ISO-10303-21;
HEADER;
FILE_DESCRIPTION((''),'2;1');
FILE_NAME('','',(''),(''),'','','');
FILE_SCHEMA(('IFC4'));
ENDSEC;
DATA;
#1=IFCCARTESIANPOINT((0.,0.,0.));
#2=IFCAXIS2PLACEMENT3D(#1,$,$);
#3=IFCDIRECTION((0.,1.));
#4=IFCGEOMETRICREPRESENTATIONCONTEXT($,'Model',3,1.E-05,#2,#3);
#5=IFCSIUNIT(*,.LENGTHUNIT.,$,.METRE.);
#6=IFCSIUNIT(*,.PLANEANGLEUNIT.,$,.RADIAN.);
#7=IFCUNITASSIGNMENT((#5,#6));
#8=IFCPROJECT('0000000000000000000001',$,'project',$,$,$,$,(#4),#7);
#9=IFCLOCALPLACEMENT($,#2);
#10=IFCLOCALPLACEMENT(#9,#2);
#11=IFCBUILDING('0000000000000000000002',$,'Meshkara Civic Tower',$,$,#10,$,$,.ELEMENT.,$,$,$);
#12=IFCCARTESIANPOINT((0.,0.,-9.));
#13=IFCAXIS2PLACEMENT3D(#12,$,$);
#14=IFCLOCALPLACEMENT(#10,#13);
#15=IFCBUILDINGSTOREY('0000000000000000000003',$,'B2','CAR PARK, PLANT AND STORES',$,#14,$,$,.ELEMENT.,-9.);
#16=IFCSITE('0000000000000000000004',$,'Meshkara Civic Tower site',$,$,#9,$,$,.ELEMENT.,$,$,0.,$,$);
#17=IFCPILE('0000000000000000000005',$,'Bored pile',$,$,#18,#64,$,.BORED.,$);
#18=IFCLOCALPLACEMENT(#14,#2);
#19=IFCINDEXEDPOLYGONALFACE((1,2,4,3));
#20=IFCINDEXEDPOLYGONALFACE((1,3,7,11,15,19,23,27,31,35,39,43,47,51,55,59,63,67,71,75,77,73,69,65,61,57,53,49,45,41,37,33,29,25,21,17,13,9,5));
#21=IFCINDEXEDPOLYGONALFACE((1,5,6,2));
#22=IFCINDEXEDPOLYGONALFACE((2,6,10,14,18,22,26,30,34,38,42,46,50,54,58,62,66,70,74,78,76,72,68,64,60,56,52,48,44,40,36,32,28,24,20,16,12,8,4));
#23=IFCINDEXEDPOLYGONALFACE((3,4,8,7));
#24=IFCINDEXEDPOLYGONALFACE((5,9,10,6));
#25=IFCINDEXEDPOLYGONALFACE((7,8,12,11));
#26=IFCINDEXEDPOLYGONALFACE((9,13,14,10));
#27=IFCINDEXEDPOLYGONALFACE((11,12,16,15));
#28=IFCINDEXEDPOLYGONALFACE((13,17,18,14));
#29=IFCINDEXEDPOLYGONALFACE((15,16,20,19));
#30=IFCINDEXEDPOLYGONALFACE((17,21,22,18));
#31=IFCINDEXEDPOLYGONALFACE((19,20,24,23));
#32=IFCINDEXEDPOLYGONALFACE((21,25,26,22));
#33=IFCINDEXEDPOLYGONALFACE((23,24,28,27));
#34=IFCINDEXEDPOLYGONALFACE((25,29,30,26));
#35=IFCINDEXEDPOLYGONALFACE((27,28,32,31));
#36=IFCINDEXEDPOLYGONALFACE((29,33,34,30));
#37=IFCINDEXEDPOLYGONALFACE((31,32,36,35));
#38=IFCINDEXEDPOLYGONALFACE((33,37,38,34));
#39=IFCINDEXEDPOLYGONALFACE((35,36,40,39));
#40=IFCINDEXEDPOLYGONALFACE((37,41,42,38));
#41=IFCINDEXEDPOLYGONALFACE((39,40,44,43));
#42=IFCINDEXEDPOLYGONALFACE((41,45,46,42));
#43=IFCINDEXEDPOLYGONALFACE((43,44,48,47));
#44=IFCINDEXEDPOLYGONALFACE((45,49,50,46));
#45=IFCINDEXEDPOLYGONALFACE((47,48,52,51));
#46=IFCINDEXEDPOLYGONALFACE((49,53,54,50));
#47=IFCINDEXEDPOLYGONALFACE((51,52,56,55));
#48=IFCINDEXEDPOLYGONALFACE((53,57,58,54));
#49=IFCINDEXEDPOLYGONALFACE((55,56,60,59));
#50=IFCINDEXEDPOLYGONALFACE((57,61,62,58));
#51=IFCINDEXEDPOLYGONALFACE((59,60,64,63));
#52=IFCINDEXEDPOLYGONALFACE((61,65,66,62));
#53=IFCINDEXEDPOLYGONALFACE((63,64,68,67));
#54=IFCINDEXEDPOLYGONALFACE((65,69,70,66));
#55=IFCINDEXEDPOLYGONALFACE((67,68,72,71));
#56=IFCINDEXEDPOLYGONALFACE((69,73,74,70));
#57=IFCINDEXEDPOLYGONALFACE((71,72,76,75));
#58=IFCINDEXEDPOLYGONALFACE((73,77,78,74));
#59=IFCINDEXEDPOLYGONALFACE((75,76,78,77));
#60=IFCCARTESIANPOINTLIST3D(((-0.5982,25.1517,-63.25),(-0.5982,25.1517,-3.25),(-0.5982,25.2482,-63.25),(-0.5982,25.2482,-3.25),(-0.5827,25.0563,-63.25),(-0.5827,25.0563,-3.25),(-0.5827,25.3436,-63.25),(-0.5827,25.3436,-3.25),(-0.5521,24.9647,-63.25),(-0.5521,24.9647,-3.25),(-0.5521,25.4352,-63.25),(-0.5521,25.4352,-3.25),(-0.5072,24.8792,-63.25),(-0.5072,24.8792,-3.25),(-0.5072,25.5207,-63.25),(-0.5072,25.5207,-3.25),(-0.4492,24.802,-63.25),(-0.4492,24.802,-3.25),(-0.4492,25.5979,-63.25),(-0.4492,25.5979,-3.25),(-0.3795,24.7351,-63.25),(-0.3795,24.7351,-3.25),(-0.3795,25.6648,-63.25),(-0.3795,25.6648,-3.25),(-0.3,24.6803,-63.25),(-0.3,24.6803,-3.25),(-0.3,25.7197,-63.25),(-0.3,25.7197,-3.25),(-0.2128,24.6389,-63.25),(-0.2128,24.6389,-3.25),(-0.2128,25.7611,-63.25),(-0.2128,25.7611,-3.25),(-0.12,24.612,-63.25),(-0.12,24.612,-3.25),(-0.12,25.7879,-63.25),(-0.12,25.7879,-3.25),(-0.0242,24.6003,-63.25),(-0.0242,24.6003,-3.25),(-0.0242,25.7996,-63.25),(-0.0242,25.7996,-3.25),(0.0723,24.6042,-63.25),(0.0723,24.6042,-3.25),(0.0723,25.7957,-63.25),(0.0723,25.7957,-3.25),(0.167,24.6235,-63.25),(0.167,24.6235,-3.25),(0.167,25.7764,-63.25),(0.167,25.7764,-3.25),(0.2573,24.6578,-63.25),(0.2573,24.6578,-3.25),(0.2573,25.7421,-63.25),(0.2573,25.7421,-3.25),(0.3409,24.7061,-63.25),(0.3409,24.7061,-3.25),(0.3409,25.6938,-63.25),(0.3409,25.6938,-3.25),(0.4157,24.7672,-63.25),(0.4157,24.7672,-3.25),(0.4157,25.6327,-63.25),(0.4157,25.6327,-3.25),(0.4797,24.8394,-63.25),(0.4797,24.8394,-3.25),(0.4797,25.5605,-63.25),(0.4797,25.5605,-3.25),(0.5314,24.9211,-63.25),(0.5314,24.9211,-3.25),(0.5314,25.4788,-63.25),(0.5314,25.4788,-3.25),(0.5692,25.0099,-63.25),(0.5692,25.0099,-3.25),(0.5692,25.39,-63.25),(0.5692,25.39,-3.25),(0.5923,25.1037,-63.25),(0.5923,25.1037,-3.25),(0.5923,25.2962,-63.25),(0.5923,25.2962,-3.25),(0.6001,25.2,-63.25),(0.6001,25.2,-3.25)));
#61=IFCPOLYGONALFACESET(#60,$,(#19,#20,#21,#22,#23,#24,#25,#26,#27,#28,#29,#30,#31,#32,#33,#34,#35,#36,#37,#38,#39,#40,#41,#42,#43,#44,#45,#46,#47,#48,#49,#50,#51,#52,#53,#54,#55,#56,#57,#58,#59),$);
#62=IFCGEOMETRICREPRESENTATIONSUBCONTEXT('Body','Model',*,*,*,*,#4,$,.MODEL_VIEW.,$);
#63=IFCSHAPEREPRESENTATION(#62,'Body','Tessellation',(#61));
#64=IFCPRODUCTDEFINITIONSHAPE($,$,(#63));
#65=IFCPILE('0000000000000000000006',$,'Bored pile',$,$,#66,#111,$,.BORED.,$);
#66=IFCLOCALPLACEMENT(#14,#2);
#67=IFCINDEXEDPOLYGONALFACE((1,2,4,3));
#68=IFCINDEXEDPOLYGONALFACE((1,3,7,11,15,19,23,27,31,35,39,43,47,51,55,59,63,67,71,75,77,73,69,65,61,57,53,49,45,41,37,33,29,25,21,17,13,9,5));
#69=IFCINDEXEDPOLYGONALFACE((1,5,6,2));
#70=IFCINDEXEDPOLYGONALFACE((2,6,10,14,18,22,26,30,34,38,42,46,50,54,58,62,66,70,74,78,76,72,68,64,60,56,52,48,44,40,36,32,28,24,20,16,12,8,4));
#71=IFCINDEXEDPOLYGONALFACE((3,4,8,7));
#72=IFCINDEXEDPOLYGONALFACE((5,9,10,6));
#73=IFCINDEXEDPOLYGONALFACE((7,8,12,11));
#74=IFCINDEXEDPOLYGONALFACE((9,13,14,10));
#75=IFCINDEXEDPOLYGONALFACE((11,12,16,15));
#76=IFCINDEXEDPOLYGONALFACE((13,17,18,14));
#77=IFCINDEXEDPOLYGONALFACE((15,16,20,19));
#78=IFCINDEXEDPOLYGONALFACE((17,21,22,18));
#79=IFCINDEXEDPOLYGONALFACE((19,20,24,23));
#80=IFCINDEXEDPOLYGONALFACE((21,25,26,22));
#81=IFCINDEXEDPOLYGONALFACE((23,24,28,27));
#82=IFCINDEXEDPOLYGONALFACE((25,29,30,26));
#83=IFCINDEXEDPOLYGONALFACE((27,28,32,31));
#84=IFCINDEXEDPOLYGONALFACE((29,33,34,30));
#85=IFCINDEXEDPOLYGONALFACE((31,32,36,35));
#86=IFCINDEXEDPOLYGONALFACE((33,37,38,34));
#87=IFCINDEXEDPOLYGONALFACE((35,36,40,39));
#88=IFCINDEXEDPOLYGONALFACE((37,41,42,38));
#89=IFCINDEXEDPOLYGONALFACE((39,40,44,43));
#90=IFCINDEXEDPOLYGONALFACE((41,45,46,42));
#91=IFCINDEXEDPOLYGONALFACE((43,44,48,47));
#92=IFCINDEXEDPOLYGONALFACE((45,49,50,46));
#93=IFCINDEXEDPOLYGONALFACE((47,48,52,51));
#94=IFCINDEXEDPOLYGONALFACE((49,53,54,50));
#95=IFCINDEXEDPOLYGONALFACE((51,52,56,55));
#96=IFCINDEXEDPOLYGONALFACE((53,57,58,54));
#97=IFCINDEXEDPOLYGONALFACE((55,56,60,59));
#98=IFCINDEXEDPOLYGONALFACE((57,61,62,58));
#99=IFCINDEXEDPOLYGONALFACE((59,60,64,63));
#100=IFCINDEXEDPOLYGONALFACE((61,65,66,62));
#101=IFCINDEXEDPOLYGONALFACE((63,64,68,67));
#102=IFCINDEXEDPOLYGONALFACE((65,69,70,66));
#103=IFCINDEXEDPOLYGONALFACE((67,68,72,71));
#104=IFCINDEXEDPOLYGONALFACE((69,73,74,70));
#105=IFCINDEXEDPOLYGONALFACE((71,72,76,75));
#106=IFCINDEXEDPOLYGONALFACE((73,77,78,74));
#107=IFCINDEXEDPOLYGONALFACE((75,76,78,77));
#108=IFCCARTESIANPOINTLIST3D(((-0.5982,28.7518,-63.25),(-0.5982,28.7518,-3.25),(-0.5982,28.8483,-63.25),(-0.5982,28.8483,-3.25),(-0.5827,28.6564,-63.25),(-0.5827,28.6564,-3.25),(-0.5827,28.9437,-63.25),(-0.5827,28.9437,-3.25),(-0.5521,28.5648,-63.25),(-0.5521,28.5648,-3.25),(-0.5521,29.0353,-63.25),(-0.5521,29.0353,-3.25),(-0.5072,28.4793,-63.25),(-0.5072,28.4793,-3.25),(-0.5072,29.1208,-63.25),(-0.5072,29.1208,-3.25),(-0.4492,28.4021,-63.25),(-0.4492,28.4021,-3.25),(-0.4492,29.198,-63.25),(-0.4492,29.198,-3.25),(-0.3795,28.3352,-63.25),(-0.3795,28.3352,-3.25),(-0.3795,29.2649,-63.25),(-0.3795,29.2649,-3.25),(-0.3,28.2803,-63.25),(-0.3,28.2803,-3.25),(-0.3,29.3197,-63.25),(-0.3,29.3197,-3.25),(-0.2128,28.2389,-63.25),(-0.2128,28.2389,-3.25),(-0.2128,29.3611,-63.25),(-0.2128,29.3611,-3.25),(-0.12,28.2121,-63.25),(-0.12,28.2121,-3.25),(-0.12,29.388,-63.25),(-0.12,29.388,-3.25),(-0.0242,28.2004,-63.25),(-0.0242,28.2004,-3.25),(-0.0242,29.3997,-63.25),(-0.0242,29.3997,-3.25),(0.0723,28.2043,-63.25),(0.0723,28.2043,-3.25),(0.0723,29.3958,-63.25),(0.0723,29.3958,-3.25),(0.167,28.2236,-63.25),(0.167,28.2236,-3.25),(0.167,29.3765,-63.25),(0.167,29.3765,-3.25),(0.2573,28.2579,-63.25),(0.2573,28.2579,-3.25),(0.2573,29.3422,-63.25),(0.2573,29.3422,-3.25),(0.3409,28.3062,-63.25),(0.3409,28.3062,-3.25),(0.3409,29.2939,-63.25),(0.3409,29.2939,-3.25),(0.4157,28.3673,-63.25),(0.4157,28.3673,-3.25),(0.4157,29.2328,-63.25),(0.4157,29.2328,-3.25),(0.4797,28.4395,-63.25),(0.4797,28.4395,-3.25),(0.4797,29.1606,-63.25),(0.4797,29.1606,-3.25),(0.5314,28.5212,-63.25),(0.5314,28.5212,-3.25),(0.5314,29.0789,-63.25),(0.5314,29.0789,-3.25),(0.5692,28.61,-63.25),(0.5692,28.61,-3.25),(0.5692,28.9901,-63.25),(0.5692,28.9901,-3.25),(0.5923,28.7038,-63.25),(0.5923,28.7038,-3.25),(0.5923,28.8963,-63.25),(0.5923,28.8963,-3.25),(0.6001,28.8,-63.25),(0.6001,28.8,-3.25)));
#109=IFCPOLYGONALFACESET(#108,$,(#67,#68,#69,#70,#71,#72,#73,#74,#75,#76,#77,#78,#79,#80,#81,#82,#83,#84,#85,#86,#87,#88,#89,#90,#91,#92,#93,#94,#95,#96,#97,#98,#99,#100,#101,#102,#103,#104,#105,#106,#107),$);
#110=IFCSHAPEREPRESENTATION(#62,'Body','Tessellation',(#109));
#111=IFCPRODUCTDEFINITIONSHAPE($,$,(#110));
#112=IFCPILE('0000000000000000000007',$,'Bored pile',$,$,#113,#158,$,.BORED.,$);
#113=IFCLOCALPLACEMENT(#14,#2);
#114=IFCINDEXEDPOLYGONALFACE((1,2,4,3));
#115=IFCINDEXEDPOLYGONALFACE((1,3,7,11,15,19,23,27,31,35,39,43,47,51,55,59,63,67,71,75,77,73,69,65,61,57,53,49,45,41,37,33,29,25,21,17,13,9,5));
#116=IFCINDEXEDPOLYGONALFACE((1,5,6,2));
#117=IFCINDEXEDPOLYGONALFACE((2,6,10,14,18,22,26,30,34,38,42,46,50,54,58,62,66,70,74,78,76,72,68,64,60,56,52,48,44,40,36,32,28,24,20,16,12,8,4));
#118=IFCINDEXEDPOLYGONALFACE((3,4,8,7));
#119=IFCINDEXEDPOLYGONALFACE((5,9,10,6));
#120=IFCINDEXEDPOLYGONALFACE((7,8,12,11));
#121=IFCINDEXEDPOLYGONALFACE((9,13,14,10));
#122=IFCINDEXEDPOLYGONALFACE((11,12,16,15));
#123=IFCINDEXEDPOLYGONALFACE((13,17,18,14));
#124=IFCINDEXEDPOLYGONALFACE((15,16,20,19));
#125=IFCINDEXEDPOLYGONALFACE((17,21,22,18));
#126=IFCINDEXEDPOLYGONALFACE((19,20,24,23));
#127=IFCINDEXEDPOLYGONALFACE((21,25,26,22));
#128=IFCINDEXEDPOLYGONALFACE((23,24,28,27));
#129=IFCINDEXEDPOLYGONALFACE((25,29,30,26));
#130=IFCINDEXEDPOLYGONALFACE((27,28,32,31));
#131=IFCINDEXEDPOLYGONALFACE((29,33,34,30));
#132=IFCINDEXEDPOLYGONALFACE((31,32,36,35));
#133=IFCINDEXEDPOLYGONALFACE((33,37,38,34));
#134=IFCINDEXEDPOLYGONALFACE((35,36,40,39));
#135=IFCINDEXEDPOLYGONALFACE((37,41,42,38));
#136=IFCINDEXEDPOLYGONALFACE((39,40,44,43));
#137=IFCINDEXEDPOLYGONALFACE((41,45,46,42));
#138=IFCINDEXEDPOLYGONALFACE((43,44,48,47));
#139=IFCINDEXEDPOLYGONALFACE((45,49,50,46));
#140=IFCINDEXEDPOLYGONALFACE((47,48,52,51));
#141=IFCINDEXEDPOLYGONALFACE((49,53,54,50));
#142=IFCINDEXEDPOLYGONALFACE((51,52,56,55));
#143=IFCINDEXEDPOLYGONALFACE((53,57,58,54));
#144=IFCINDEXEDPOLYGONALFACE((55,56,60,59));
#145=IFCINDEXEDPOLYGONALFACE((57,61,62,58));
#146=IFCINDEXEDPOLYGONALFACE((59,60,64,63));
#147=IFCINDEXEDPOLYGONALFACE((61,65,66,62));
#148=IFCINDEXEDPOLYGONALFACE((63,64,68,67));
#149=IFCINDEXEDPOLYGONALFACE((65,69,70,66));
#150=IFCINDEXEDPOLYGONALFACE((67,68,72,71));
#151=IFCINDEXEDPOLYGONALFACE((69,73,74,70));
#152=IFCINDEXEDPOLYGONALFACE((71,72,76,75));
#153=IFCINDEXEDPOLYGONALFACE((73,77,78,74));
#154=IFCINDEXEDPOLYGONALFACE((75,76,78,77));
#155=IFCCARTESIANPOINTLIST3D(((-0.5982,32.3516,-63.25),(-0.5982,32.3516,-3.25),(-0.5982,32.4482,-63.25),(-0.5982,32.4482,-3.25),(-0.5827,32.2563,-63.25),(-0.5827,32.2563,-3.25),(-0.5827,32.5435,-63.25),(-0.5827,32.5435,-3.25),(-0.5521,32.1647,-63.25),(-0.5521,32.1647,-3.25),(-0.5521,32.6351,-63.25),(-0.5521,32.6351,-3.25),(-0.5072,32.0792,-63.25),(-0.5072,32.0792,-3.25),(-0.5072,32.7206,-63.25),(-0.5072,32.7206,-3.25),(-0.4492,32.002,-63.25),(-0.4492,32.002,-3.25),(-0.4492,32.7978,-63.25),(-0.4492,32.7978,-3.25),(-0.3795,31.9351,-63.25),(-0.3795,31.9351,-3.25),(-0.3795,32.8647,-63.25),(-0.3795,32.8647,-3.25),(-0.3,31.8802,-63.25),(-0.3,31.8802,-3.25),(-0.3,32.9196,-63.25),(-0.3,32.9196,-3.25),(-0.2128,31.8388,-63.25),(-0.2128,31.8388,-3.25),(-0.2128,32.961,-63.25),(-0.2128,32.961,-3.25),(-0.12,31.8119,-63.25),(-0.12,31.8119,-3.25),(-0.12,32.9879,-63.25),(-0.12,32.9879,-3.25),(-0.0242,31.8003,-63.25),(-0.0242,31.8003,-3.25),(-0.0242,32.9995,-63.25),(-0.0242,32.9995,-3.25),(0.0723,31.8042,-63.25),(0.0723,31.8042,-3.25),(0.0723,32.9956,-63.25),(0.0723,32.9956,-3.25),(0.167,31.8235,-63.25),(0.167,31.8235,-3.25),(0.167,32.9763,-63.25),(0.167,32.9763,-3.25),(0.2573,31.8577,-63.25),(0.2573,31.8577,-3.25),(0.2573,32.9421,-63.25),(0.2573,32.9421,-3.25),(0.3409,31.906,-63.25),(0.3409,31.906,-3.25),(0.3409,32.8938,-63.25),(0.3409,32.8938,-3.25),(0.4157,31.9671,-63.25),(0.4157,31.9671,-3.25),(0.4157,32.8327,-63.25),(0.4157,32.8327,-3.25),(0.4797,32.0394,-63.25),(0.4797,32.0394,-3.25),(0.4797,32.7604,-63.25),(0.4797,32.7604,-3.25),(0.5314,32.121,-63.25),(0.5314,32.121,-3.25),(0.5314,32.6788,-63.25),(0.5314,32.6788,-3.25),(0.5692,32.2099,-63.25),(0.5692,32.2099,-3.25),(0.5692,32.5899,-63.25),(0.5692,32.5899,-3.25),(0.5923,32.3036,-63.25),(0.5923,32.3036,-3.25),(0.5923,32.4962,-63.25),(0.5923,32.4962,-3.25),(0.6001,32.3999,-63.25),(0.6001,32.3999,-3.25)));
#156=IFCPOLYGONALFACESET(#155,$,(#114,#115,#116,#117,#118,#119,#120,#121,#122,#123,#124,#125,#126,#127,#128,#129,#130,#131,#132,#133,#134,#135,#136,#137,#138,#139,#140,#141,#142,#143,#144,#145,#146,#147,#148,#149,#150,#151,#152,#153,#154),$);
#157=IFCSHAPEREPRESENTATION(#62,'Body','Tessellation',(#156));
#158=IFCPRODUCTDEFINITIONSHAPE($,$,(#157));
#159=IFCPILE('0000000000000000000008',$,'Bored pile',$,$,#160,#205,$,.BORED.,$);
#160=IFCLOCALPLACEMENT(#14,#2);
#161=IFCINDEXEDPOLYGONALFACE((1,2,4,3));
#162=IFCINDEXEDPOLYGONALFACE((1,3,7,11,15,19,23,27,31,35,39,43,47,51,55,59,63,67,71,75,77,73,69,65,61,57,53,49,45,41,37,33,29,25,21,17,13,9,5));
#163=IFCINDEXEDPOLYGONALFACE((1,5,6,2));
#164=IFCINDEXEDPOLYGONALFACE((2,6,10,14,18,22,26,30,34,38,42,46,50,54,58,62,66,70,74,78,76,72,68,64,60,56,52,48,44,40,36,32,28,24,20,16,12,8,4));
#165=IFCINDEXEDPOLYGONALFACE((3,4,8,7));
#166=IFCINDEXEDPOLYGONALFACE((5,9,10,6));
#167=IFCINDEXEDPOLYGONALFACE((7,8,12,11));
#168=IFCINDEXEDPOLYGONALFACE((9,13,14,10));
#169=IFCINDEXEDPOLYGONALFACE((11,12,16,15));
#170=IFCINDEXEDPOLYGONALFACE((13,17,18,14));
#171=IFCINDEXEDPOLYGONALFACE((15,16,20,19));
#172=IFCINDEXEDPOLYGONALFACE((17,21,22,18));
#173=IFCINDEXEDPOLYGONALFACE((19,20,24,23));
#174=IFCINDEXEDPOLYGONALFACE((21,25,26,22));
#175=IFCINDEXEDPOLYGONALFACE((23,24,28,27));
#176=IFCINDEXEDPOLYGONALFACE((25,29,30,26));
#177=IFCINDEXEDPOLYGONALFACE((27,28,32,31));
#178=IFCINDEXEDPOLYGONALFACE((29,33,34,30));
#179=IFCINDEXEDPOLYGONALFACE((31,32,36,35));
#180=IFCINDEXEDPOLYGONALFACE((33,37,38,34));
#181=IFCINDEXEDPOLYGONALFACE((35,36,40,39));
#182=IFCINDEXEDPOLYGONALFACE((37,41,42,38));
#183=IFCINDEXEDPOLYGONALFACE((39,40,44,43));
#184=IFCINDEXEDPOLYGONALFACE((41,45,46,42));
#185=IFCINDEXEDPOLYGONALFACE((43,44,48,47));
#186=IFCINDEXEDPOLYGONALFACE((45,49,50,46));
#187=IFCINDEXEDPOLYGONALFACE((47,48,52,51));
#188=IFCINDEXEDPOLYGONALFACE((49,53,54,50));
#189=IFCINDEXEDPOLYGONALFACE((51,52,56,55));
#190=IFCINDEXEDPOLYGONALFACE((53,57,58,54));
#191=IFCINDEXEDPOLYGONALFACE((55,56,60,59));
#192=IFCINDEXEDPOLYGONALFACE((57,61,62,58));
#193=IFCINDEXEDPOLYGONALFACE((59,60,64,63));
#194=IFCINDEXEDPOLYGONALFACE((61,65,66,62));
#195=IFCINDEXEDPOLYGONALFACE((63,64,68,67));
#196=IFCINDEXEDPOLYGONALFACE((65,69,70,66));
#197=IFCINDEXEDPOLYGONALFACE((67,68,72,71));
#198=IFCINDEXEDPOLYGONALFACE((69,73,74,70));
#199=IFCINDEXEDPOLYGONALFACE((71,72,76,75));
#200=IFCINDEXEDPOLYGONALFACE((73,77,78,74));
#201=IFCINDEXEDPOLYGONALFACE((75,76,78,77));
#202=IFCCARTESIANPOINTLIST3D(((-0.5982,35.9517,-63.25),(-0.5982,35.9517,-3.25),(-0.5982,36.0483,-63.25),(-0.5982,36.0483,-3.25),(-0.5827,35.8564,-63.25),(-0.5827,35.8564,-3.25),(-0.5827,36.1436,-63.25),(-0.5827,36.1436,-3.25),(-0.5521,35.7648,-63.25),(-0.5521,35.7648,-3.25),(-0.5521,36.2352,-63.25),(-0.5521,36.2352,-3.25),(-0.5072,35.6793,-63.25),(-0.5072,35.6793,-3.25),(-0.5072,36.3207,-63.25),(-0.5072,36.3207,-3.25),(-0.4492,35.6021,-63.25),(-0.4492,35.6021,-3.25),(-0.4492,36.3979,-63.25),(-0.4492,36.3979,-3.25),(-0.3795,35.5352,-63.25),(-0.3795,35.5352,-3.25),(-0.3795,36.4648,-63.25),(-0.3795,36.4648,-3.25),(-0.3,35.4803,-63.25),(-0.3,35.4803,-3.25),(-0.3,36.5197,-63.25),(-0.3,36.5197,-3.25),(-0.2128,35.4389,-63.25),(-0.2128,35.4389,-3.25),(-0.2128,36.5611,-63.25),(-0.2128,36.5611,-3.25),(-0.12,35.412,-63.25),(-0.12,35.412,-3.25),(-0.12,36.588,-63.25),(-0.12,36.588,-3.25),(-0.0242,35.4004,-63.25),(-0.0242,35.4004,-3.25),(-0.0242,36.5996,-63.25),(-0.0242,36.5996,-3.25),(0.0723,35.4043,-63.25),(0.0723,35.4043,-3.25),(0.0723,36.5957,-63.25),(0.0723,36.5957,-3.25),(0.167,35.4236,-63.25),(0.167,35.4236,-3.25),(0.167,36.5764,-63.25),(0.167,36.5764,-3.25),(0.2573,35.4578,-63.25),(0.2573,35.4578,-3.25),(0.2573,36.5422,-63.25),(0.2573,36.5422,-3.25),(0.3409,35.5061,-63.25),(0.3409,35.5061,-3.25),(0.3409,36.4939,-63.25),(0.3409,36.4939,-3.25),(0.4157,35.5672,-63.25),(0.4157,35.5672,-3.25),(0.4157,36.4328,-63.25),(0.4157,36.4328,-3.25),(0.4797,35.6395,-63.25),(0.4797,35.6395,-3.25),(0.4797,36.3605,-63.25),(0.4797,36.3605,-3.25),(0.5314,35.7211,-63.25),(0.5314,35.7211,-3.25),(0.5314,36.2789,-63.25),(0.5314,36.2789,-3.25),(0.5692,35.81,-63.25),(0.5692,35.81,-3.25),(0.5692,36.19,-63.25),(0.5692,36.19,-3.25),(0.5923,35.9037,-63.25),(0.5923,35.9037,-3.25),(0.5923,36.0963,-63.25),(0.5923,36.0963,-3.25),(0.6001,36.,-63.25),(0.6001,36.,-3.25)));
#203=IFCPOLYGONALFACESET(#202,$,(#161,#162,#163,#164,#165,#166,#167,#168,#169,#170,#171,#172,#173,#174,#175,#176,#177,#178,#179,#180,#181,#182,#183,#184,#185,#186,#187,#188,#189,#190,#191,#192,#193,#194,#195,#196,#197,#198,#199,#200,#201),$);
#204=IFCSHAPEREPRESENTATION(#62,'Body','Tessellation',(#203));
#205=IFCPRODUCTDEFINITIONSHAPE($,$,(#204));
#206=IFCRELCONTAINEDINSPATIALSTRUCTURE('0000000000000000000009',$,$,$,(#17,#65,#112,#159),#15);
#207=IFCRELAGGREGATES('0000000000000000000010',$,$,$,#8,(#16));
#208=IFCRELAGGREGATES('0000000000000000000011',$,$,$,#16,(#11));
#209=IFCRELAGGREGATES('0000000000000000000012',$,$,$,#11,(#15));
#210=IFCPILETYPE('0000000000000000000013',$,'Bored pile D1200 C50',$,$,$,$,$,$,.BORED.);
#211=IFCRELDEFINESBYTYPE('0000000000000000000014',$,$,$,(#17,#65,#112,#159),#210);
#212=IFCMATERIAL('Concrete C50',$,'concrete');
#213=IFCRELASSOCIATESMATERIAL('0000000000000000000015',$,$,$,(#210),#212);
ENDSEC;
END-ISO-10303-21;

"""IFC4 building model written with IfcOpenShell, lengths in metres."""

from ifc_helpers import new_model, si_unit, direction, frame, origin, origin_2d, place, context, subcontext, project, spatial, circle, extrude, material, material_profile, profile_set, type_object, element, save


model = new_model("IFC4")

# Units and contexts
model_context = context("Model", 3, precision=1e-05, world=origin(), true_north=direction((0.0, 1.0)))
body_context = subcontext(model_context, "Body", "Model", "MODEL_VIEW")
ifc_project = project(units=[si_unit("LENGTHUNIT", "METRE"), si_unit("PLANEANGLEUNIT", "RADIAN")], contexts=[model_context])

# Site, building, storey
site_placement = place(None, origin())
site = spatial("IfcSite", under=ifc_project, at=site_placement, Name="Meshkara Civic Tower site", CompositionType="ELEMENT", RefElevation=0.0)
building_placement = place(site_placement, origin())
building = spatial("IfcBuilding", under=site, at=building_placement, Name="Meshkara Civic Tower", CompositionType="ELEMENT")
storey_placement = place(building_placement, frame((0.0, 0.0, -9.0)))
storey = spatial("IfcBuildingStorey", under=building, at=storey_placement, Name="B2", Description="CAR PARK, PLANT AND STORES", CompositionType="ELEMENT", Elevation=-9.0)

# Piles
ifc_material_1 = material(Name="Concrete C50", Category="concrete")
ifc_material_profile_1 = material_profile(ifc_material_1, circle(Radius=0.6001, at=origin_2d()))
ifc_profile_set_1 = profile_set([ifc_material_profile_1], Name="Concrete C50")
pile_type = type_object("IfcPileType", Name="Bored pile D1200 C50", PredefinedType="BORED", material=ifc_profile_set_1)
for number, where, z_axis, x_axis, name in (
    (1, (0.0, 25.2, -3.25), (0.0, 0.0, -1.0), (1.0, 0.0, 0.0), "Bored pile"),
    (2, (0.0, 28.8, -3.25), (0.0, 0.0, -1.0), (1.0, 0.0, 0.0), "Bored pile"),
    (3, (0.0, 32.3999, -3.25), (0.0, 0.0, -1.0), (1.0, 0.0, 0.0), "Bored pile"),
    (4, (0.0, 36.0, -3.25), (0.0, 0.0, -1.0), (1.0, 0.0, 0.0), "Bored pile"),
):
    element("IfcPile", number, at=place(storey_placement, frame(where, z_axis=z_axis, x_axis=x_axis)), inside=storey, type_object=pile_type, Name=name, PredefinedType="BORED", context=body_context, shape_type="SweptSolid", body=[
        extrude(circle(Radius=0.6001, at=origin_2d()), origin(), (0.0, 0.0, 1.0), 60.0),
    ])

save(model, "model.ifc")
